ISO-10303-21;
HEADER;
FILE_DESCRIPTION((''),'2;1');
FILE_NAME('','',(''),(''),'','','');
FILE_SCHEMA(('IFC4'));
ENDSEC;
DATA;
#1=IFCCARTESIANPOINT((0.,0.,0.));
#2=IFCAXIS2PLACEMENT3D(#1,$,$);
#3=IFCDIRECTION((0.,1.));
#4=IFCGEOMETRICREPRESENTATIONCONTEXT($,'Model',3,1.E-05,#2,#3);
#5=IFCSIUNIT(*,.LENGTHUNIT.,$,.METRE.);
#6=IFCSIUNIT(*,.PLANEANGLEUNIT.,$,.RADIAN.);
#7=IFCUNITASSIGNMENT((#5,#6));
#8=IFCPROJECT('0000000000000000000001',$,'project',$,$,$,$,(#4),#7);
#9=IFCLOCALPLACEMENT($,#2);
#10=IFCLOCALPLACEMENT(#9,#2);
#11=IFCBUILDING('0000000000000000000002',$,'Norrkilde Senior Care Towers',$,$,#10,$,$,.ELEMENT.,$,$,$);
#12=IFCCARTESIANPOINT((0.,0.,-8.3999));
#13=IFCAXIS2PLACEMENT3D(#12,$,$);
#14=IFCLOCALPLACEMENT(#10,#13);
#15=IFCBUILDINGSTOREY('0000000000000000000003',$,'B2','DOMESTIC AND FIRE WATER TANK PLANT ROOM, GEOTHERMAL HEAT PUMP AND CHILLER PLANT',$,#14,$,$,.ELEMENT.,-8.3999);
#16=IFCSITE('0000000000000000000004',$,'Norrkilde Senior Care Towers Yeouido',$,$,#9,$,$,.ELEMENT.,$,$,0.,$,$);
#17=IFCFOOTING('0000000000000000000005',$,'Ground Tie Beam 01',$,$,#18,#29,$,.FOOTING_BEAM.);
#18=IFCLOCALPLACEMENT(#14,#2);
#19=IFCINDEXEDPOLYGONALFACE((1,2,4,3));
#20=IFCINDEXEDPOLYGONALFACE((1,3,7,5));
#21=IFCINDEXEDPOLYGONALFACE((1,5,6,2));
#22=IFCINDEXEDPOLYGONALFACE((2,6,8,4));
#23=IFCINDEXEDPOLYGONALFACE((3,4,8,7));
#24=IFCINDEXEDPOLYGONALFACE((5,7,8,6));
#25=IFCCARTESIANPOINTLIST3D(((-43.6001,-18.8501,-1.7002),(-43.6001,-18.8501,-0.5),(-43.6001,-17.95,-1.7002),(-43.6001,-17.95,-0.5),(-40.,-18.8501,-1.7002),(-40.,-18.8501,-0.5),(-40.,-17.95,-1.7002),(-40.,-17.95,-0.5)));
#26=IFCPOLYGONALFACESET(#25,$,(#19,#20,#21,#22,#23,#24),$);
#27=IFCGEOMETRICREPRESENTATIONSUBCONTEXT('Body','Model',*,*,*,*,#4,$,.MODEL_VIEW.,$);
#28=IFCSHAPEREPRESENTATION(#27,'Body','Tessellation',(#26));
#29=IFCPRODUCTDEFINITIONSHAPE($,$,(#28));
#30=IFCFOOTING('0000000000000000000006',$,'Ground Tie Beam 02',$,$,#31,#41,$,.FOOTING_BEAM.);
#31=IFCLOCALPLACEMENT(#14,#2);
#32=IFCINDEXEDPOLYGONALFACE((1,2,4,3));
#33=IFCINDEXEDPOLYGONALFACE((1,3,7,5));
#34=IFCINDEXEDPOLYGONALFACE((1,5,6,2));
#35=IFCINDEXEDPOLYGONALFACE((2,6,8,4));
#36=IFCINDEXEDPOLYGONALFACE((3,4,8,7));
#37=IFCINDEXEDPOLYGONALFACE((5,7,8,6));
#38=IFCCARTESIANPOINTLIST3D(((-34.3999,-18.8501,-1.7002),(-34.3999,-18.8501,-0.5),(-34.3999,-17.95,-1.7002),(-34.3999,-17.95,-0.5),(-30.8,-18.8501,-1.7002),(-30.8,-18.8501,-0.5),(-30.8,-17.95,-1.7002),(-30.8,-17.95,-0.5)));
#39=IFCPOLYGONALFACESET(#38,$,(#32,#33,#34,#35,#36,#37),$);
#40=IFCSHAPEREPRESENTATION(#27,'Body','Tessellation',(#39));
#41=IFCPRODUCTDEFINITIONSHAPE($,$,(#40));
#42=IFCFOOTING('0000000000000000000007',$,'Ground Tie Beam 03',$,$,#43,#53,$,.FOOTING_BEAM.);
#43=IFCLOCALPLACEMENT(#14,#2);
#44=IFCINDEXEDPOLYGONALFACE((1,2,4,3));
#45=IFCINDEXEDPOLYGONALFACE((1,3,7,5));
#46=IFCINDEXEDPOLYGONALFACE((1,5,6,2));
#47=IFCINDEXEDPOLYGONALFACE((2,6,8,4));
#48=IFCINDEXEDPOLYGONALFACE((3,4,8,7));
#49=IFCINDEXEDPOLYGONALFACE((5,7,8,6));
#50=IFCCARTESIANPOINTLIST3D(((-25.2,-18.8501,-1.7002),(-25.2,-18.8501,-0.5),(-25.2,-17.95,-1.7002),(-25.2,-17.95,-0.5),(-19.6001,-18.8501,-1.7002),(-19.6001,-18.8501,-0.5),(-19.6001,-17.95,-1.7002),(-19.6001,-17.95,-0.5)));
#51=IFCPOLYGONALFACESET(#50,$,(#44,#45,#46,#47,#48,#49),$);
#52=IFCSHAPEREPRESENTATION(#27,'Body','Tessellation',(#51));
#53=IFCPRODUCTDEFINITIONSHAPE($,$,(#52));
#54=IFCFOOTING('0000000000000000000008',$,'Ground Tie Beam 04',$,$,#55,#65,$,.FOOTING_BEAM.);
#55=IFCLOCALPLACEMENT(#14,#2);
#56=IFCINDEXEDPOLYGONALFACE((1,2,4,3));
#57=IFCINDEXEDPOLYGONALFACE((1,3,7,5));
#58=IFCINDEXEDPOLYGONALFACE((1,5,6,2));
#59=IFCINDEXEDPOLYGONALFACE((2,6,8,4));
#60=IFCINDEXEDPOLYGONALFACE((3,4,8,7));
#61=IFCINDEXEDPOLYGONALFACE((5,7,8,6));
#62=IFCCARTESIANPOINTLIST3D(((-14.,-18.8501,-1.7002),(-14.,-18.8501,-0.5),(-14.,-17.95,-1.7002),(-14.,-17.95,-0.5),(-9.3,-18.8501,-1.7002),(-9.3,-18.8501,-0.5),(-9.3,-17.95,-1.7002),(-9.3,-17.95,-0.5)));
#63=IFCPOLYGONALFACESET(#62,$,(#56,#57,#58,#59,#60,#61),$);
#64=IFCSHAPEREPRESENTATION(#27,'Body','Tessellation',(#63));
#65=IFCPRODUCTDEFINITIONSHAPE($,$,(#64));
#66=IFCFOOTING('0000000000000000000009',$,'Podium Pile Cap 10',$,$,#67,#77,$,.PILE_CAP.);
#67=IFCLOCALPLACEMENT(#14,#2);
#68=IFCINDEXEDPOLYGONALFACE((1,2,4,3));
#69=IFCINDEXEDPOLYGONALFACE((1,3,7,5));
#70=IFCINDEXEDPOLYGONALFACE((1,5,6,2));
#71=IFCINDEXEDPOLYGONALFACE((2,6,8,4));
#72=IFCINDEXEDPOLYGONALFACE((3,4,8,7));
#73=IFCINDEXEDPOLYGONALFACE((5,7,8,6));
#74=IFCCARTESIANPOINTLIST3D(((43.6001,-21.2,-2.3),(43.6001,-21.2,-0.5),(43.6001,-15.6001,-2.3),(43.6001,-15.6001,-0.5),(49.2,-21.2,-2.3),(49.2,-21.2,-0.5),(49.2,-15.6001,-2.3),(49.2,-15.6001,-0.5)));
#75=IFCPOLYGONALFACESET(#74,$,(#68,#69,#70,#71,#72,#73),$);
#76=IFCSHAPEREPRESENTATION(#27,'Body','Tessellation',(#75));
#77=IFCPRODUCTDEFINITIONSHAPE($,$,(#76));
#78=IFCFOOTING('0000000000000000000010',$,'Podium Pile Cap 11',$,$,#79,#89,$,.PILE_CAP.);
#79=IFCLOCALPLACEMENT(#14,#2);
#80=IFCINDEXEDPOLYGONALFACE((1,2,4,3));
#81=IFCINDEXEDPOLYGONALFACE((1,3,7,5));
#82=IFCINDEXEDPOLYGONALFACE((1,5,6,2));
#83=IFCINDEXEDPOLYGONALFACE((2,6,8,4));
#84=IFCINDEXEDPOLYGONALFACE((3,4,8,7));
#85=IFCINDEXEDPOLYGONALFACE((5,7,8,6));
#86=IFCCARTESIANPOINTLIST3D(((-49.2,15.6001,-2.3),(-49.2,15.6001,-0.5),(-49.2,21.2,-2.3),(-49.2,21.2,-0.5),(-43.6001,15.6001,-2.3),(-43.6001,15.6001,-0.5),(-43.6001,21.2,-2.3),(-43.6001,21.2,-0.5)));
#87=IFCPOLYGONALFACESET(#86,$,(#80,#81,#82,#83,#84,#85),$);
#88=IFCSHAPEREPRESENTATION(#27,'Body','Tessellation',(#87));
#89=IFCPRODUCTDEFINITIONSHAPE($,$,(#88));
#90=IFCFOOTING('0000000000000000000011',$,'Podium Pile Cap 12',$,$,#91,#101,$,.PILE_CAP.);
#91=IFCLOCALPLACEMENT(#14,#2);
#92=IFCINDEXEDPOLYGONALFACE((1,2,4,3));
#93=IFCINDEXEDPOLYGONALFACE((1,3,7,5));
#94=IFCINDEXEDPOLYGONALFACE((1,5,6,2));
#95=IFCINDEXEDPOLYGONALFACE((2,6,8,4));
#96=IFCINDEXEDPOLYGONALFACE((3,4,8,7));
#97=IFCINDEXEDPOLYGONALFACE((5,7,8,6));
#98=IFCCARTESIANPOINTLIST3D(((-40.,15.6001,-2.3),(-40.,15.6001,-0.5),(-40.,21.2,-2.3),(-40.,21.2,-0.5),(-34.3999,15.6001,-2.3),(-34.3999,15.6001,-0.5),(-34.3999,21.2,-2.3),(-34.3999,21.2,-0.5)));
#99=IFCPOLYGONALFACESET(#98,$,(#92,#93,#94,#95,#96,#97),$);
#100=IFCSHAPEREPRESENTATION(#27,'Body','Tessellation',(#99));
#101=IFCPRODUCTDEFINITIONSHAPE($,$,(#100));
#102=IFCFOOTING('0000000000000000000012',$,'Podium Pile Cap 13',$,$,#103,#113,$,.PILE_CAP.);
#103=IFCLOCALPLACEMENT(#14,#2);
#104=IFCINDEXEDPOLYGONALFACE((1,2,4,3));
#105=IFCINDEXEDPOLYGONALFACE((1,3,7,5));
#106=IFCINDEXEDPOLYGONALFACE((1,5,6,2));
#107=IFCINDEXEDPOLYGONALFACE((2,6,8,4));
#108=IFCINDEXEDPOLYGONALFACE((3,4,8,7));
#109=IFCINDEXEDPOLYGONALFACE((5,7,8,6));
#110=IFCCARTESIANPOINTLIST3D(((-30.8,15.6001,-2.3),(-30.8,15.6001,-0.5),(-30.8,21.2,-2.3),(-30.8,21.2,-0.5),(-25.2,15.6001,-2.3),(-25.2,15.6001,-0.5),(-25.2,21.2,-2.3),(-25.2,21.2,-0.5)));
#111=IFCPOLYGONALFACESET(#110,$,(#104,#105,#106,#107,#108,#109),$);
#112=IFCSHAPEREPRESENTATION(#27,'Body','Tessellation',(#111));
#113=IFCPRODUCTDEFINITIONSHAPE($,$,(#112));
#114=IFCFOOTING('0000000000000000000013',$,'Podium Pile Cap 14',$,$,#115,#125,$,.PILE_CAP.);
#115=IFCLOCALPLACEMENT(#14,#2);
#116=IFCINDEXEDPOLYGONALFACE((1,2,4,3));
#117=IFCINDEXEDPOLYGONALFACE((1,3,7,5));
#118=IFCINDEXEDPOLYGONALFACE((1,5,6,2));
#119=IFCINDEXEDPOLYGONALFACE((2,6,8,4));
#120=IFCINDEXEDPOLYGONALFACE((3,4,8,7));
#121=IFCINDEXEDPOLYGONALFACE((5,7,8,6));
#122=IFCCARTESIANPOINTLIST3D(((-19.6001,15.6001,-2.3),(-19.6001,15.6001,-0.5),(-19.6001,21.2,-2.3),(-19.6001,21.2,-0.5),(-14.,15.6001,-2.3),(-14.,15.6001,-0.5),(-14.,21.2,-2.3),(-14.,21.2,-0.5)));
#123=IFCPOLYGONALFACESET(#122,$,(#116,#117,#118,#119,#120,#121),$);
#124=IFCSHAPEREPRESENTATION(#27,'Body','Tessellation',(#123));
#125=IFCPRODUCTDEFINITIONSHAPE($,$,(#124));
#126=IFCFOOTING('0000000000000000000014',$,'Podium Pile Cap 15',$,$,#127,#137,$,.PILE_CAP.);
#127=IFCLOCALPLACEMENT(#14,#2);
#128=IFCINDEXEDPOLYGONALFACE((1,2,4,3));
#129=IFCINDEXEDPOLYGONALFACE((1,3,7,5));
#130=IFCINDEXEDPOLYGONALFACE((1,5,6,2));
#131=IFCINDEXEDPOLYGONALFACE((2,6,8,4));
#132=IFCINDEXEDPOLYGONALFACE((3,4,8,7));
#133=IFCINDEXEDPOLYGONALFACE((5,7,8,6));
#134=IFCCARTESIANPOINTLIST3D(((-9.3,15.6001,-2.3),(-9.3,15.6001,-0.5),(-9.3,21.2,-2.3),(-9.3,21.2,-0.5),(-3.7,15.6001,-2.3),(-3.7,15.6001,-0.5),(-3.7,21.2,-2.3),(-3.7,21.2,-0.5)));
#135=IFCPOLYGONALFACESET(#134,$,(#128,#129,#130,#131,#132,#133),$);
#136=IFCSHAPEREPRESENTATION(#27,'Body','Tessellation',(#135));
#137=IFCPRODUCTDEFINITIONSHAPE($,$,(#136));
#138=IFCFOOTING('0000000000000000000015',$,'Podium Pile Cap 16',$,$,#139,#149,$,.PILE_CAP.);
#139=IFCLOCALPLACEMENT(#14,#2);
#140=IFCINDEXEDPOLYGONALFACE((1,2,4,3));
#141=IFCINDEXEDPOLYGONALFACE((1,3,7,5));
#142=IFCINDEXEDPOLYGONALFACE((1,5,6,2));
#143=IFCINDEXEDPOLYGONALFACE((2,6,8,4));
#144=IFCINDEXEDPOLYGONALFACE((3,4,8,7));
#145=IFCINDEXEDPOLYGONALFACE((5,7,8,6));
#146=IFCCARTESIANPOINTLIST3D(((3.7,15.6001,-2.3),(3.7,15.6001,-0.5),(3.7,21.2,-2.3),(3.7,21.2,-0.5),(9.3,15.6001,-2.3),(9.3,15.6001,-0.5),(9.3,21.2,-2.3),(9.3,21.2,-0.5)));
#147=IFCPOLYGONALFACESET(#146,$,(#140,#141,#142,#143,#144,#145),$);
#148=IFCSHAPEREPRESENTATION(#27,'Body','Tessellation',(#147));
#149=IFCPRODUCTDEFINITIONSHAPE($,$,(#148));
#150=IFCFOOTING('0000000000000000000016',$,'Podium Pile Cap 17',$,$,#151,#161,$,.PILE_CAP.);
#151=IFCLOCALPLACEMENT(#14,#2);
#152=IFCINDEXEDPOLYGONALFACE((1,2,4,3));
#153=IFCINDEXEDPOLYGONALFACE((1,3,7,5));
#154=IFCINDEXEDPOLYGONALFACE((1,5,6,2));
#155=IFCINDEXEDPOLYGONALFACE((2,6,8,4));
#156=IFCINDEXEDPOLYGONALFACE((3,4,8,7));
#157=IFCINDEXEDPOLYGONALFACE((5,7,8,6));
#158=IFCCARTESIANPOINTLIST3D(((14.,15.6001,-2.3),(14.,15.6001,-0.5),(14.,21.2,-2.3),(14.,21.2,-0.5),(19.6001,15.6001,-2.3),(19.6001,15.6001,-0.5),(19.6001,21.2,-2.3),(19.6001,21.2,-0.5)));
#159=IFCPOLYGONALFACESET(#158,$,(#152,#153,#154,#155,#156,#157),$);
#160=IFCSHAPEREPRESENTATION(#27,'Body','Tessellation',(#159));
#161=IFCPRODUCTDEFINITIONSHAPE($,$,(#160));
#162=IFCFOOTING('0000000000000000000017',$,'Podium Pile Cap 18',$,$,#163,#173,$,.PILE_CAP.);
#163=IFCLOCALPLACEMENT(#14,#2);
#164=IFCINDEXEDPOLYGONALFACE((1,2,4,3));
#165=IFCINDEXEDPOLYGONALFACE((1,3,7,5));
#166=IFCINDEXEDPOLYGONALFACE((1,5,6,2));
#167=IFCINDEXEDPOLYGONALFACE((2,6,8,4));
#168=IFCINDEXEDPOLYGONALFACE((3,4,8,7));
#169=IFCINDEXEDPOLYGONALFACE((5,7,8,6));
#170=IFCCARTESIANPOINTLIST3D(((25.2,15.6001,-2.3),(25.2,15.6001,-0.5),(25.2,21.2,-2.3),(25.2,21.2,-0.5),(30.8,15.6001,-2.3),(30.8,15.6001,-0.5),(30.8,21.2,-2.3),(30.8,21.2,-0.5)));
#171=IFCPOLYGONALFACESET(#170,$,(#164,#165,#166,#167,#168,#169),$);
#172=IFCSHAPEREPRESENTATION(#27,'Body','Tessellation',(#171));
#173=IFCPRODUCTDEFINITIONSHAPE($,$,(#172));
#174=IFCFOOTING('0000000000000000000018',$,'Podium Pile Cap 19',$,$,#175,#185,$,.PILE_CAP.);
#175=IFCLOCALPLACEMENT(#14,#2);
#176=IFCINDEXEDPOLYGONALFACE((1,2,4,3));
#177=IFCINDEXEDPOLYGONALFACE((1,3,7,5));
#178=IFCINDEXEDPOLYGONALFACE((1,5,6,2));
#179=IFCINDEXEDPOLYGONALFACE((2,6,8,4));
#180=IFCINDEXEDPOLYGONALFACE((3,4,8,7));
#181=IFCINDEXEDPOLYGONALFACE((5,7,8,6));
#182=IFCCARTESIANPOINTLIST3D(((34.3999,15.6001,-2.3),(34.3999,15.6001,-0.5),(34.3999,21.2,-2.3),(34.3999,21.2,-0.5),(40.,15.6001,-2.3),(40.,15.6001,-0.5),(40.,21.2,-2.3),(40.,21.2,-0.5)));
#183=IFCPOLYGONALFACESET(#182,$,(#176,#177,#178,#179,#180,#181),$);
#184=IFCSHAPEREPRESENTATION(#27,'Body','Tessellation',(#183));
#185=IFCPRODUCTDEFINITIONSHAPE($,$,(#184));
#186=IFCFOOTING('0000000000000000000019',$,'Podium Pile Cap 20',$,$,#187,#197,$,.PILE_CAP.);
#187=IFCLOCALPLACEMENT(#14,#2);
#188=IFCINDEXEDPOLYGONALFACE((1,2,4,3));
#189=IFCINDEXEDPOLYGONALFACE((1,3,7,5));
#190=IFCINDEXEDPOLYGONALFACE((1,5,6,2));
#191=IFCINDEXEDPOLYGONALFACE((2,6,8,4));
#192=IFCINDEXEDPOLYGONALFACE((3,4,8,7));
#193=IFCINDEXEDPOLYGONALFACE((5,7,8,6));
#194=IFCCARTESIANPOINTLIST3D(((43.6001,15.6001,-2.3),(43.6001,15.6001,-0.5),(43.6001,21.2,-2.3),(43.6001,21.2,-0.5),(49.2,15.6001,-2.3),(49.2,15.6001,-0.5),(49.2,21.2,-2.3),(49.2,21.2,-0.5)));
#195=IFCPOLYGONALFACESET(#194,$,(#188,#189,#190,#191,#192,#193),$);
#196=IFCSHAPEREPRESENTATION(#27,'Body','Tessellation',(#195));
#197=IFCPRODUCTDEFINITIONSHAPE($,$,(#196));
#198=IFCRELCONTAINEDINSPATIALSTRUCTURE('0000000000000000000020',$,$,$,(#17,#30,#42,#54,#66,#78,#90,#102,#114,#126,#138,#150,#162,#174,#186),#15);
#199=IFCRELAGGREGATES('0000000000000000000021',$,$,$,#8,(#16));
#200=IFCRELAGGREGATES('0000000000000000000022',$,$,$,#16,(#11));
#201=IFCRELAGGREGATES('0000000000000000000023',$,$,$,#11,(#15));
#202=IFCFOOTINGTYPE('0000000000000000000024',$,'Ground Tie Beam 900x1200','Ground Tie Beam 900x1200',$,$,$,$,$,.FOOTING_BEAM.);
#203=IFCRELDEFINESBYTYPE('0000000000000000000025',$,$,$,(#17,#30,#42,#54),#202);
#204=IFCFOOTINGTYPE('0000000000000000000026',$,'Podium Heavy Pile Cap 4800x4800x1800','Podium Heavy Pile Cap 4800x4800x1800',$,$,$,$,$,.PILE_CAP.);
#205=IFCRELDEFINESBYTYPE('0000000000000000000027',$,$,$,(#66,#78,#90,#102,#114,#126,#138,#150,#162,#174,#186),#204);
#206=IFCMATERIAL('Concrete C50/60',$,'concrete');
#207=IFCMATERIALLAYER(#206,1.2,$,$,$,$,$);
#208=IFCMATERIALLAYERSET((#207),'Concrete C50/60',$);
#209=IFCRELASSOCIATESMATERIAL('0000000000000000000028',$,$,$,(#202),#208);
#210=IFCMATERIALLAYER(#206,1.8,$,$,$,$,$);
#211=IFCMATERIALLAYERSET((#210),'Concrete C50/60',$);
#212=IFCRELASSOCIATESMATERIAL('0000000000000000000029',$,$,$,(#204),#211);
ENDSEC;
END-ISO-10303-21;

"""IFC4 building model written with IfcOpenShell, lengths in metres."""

from ifc_helpers import new_model, si_unit, direction, frame, origin, place, context, subcontext, project, spatial, polyline, outline, extrude, material, layer, layer_set, type_object, element, save


model = new_model("IFC4")

# Units and contexts
model_context = context("Model", 3, precision=1e-05, world=origin(), true_north=direction((0.0, 1.0)))
body_context = subcontext(model_context, "Body", "Model", "MODEL_VIEW")
ifc_project = project(units=[si_unit("LENGTHUNIT", "METRE"), si_unit("PLANEANGLEUNIT", "RADIAN")], contexts=[model_context])

# Site, building, storey
site_placement = place(None, origin())
site = spatial("IfcSite", under=ifc_project, at=site_placement, Name="Norrkilde Senior Care Towers Yeouido", CompositionType="ELEMENT", RefElevation=0.0)
building_placement = place(site_placement, origin())
building = spatial("IfcBuilding", under=site, at=building_placement, Name="Norrkilde Senior Care Towers", CompositionType="ELEMENT")
storey_placement = place(building_placement, frame((0.0, 0.0, -8.3999)))
storey = spatial("IfcBuildingStorey", under=building, at=storey_placement, Name="B2", Description="DOMESTIC AND FIRE WATER TANK PLANT ROOM, GEOTHERMAL HEAT PUMP AND CHILLER PLANT", CompositionType="ELEMENT", Elevation=-8.3999)

# Footings
ifc_material_1 = material(Name="Concrete C50/60", Category="concrete")
ifc_layer_1 = layer(ifc_material_1, 1.2)
ifc_layer_set_1 = layer_set([ifc_layer_1], Name="Concrete C50/60")
footing_type_1 = type_object("IfcFootingType", Name="Ground Tie Beam 900x1200", Description="Ground Tie Beam 900x1200", PredefinedType="FOOTING_BEAM", material=ifc_layer_set_1)
footing_1_placement = place(storey_placement, frame((0.0, 0.0, -1.7002)))
element("IfcFooting", 1, at=footing_1_placement, inside=storey, type_object=footing_type_1, Name="Ground Tie Beam 01", PredefinedType="FOOTING_BEAM", context=body_context, shape_type="SweptSolid", body=[
    extrude(outline(polyline([(-43.6001, -18.8501), (-40.0, -18.8501), (-40.0, -17.95), (-43.6001, -17.95), (-43.6001, -18.8501)])), origin(), (0.0, 0.0, 1.0), 1.2002),
])
footing_2_placement = place(storey_placement, frame((0.0, 0.0, -1.7002)))
element("IfcFooting", 2, at=footing_2_placement, inside=storey, type_object=footing_type_1, Name="Ground Tie Beam 02", PredefinedType="FOOTING_BEAM", context=body_context, shape_type="SweptSolid", body=[
    extrude(outline(polyline([(-34.3999, -18.8501), (-30.8, -18.8501), (-30.8, -17.95), (-34.3999, -17.95), (-34.3999, -18.8501)])), origin(), (0.0, 0.0, 1.0), 1.2002),
])
footing_3_placement = place(storey_placement, frame((0.0, 0.0, -1.7002)))
element("IfcFooting", 3, at=footing_3_placement, inside=storey, type_object=footing_type_1, Name="Ground Tie Beam 03", PredefinedType="FOOTING_BEAM", context=body_context, shape_type="SweptSolid", body=[
    extrude(outline(polyline([(-25.2, -18.8501), (-19.6001, -18.8501), (-19.6001, -17.95), (-25.2, -17.95), (-25.2, -18.8501)])), origin(), (0.0, 0.0, 1.0), 1.2002),
])
footing_4_placement = place(storey_placement, frame((0.0, 0.0, -1.7002)))
element("IfcFooting", 4, at=footing_4_placement, inside=storey, type_object=footing_type_1, Name="Ground Tie Beam 04", PredefinedType="FOOTING_BEAM", context=body_context, shape_type="SweptSolid", body=[
    extrude(outline(polyline([(-14.0, -18.8501), (-9.3, -18.8501), (-9.3, -17.95), (-14.0, -17.95), (-14.0, -18.8501)])), origin(), (0.0, 0.0, 1.0), 1.2002),
])
ifc_layer_2 = layer(ifc_material_1, 1.8)
ifc_layer_set_2 = layer_set([ifc_layer_2], Name="Concrete C50/60")
footing_type_2 = type_object("IfcFootingType", Name="Podium Heavy Pile Cap 4800x4800x1800", Description="Podium Heavy Pile Cap 4800x4800x1800", PredefinedType="PILE_CAP", material=ifc_layer_set_2)
footing_5_placement = place(storey_placement, frame((0.0, 0.0, -2.3)))
element("IfcFooting", 5, at=footing_5_placement, inside=storey, type_object=footing_type_2, Name="Podium Pile Cap 10", PredefinedType="PILE_CAP", context=body_context, shape_type="SweptSolid", body=[
    extrude(outline(polyline([(43.6001, -21.2), (49.2, -21.2), (49.2, -15.6001), (43.6001, -15.6001), (43.6001, -21.2)])), origin(), (0.0, 0.0, 1.0), 1.8),
])
footing_6_placement = place(storey_placement, frame((0.0, 0.0, -2.3)))
element("IfcFooting", 6, at=footing_6_placement, inside=storey, type_object=footing_type_2, Name="Podium Pile Cap 11", PredefinedType="PILE_CAP", context=body_context, shape_type="SweptSolid", body=[
    extrude(outline(polyline([(-49.2, 15.6001), (-43.6001, 15.6001), (-43.6001, 21.2), (-49.2, 21.2), (-49.2, 15.6001)])), origin(), (0.0, 0.0, 1.0), 1.8),
])
footing_7_placement = place(storey_placement, frame((0.0, 0.0, -2.3)))
element("IfcFooting", 7, at=footing_7_placement, inside=storey, type_object=footing_type_2, Name="Podium Pile Cap 12", PredefinedType="PILE_CAP", context=body_context, shape_type="SweptSolid", body=[
    extrude(outline(polyline([(-40.0, 15.6001), (-34.3999, 15.6001), (-34.3999, 21.2), (-40.0, 21.2), (-40.0, 15.6001)])), origin(), (0.0, 0.0, 1.0), 1.8),
])
footing_8_placement = place(storey_placement, frame((0.0, 0.0, -2.3)))
element("IfcFooting", 8, at=footing_8_placement, inside=storey, type_object=footing_type_2, Name="Podium Pile Cap 13", PredefinedType="PILE_CAP", context=body_context, shape_type="SweptSolid", body=[
    extrude(outline(polyline([(-30.8, 15.6001), (-25.2, 15.6001), (-25.2, 21.2), (-30.8, 21.2), (-30.8, 15.6001)])), origin(), (0.0, 0.0, 1.0), 1.8),
])
footing_9_placement = place(storey_placement, frame((0.0, 0.0, -2.3)))
element("IfcFooting", 9, at=footing_9_placement, inside=storey, type_object=footing_type_2, Name="Podium Pile Cap 14", PredefinedType="PILE_CAP", context=body_context, shape_type="SweptSolid", body=[
    extrude(outline(polyline([(-19.6001, 15.6001), (-14.0, 15.6001), (-14.0, 21.2), (-19.6001, 21.2), (-19.6001, 15.6001)])), origin(), (0.0, 0.0, 1.0), 1.8),
])
footing_10_placement = place(storey_placement, frame((0.0, 0.0, -2.3)))
element("IfcFooting", 10, at=footing_10_placement, inside=storey, type_object=footing_type_2, Name="Podium Pile Cap 15", PredefinedType="PILE_CAP", context=body_context, shape_type="SweptSolid", body=[
    extrude(outline(polyline([(-9.3, 15.6001), (-3.7, 15.6001), (-3.7, 21.2), (-9.3, 21.2), (-9.3, 15.6001)])), origin(), (0.0, 0.0, 1.0), 1.8),
])
footing_11_placement = place(storey_placement, frame((0.0, 0.0, -2.3)))
element("IfcFooting", 11, at=footing_11_placement, inside=storey, type_object=footing_type_2, Name="Podium Pile Cap 16", PredefinedType="PILE_CAP", context=body_context, shape_type="SweptSolid", body=[
    extrude(outline(polyline([(3.7, 15.6001), (9.3, 15.6001), (9.3, 21.2), (3.7, 21.2), (3.7, 15.6001)])), origin(), (0.0, 0.0, 1.0), 1.8),
])
footing_12_placement = place(storey_placement, frame((0.0, 0.0, -2.3)))
element("IfcFooting", 12, at=footing_12_placement, inside=storey, type_object=footing_type_2, Name="Podium Pile Cap 17", PredefinedType="PILE_CAP", context=body_context, shape_type="SweptSolid", body=[
    extrude(outline(polyline([(14.0, 15.6001), (19.6001, 15.6001), (19.6001, 21.2), (14.0, 21.2), (14.0, 15.6001)])), origin(), (0.0, 0.0, 1.0), 1.8),
])
footing_13_placement = place(storey_placement, frame((0.0, 0.0, -2.3)))
element("IfcFooting", 13, at=footing_13_placement, inside=storey, type_object=footing_type_2, Name="Podium Pile Cap 18", PredefinedType="PILE_CAP", context=body_context, shape_type="SweptSolid", body=[
    extrude(outline(polyline([(25.2, 15.6001), (30.8, 15.6001), (30.8, 21.2), (25.2, 21.2), (25.2, 15.6001)])), origin(), (0.0, 0.0, 1.0), 1.8),
])
footing_14_placement = place(storey_placement, frame((0.0, 0.0, -2.3)))
element("IfcFooting", 14, at=footing_14_placement, inside=storey, type_object=footing_type_2, Name="Podium Pile Cap 19", PredefinedType="PILE_CAP", context=body_context, shape_type="SweptSolid", body=[
    extrude(outline(polyline([(34.3999, 15.6001), (40.0, 15.6001), (40.0, 21.2), (34.3999, 21.2), (34.3999, 15.6001)])), origin(), (0.0, 0.0, 1.0), 1.8),
])
footing_15_placement = place(storey_placement, frame((0.0, 0.0, -2.3)))
element("IfcFooting", 15, at=footing_15_placement, inside=storey, type_object=footing_type_2, Name="Podium Pile Cap 20", PredefinedType="PILE_CAP", context=body_context, shape_type="SweptSolid", body=[
    extrude(outline(polyline([(43.6001, 15.6001), (49.2, 15.6001), (49.2, 21.2), (43.6001, 21.2), (43.6001, 15.6001)])), origin(), (0.0, 0.0, 1.0), 1.8),
])

save(model, "model.ifc")
